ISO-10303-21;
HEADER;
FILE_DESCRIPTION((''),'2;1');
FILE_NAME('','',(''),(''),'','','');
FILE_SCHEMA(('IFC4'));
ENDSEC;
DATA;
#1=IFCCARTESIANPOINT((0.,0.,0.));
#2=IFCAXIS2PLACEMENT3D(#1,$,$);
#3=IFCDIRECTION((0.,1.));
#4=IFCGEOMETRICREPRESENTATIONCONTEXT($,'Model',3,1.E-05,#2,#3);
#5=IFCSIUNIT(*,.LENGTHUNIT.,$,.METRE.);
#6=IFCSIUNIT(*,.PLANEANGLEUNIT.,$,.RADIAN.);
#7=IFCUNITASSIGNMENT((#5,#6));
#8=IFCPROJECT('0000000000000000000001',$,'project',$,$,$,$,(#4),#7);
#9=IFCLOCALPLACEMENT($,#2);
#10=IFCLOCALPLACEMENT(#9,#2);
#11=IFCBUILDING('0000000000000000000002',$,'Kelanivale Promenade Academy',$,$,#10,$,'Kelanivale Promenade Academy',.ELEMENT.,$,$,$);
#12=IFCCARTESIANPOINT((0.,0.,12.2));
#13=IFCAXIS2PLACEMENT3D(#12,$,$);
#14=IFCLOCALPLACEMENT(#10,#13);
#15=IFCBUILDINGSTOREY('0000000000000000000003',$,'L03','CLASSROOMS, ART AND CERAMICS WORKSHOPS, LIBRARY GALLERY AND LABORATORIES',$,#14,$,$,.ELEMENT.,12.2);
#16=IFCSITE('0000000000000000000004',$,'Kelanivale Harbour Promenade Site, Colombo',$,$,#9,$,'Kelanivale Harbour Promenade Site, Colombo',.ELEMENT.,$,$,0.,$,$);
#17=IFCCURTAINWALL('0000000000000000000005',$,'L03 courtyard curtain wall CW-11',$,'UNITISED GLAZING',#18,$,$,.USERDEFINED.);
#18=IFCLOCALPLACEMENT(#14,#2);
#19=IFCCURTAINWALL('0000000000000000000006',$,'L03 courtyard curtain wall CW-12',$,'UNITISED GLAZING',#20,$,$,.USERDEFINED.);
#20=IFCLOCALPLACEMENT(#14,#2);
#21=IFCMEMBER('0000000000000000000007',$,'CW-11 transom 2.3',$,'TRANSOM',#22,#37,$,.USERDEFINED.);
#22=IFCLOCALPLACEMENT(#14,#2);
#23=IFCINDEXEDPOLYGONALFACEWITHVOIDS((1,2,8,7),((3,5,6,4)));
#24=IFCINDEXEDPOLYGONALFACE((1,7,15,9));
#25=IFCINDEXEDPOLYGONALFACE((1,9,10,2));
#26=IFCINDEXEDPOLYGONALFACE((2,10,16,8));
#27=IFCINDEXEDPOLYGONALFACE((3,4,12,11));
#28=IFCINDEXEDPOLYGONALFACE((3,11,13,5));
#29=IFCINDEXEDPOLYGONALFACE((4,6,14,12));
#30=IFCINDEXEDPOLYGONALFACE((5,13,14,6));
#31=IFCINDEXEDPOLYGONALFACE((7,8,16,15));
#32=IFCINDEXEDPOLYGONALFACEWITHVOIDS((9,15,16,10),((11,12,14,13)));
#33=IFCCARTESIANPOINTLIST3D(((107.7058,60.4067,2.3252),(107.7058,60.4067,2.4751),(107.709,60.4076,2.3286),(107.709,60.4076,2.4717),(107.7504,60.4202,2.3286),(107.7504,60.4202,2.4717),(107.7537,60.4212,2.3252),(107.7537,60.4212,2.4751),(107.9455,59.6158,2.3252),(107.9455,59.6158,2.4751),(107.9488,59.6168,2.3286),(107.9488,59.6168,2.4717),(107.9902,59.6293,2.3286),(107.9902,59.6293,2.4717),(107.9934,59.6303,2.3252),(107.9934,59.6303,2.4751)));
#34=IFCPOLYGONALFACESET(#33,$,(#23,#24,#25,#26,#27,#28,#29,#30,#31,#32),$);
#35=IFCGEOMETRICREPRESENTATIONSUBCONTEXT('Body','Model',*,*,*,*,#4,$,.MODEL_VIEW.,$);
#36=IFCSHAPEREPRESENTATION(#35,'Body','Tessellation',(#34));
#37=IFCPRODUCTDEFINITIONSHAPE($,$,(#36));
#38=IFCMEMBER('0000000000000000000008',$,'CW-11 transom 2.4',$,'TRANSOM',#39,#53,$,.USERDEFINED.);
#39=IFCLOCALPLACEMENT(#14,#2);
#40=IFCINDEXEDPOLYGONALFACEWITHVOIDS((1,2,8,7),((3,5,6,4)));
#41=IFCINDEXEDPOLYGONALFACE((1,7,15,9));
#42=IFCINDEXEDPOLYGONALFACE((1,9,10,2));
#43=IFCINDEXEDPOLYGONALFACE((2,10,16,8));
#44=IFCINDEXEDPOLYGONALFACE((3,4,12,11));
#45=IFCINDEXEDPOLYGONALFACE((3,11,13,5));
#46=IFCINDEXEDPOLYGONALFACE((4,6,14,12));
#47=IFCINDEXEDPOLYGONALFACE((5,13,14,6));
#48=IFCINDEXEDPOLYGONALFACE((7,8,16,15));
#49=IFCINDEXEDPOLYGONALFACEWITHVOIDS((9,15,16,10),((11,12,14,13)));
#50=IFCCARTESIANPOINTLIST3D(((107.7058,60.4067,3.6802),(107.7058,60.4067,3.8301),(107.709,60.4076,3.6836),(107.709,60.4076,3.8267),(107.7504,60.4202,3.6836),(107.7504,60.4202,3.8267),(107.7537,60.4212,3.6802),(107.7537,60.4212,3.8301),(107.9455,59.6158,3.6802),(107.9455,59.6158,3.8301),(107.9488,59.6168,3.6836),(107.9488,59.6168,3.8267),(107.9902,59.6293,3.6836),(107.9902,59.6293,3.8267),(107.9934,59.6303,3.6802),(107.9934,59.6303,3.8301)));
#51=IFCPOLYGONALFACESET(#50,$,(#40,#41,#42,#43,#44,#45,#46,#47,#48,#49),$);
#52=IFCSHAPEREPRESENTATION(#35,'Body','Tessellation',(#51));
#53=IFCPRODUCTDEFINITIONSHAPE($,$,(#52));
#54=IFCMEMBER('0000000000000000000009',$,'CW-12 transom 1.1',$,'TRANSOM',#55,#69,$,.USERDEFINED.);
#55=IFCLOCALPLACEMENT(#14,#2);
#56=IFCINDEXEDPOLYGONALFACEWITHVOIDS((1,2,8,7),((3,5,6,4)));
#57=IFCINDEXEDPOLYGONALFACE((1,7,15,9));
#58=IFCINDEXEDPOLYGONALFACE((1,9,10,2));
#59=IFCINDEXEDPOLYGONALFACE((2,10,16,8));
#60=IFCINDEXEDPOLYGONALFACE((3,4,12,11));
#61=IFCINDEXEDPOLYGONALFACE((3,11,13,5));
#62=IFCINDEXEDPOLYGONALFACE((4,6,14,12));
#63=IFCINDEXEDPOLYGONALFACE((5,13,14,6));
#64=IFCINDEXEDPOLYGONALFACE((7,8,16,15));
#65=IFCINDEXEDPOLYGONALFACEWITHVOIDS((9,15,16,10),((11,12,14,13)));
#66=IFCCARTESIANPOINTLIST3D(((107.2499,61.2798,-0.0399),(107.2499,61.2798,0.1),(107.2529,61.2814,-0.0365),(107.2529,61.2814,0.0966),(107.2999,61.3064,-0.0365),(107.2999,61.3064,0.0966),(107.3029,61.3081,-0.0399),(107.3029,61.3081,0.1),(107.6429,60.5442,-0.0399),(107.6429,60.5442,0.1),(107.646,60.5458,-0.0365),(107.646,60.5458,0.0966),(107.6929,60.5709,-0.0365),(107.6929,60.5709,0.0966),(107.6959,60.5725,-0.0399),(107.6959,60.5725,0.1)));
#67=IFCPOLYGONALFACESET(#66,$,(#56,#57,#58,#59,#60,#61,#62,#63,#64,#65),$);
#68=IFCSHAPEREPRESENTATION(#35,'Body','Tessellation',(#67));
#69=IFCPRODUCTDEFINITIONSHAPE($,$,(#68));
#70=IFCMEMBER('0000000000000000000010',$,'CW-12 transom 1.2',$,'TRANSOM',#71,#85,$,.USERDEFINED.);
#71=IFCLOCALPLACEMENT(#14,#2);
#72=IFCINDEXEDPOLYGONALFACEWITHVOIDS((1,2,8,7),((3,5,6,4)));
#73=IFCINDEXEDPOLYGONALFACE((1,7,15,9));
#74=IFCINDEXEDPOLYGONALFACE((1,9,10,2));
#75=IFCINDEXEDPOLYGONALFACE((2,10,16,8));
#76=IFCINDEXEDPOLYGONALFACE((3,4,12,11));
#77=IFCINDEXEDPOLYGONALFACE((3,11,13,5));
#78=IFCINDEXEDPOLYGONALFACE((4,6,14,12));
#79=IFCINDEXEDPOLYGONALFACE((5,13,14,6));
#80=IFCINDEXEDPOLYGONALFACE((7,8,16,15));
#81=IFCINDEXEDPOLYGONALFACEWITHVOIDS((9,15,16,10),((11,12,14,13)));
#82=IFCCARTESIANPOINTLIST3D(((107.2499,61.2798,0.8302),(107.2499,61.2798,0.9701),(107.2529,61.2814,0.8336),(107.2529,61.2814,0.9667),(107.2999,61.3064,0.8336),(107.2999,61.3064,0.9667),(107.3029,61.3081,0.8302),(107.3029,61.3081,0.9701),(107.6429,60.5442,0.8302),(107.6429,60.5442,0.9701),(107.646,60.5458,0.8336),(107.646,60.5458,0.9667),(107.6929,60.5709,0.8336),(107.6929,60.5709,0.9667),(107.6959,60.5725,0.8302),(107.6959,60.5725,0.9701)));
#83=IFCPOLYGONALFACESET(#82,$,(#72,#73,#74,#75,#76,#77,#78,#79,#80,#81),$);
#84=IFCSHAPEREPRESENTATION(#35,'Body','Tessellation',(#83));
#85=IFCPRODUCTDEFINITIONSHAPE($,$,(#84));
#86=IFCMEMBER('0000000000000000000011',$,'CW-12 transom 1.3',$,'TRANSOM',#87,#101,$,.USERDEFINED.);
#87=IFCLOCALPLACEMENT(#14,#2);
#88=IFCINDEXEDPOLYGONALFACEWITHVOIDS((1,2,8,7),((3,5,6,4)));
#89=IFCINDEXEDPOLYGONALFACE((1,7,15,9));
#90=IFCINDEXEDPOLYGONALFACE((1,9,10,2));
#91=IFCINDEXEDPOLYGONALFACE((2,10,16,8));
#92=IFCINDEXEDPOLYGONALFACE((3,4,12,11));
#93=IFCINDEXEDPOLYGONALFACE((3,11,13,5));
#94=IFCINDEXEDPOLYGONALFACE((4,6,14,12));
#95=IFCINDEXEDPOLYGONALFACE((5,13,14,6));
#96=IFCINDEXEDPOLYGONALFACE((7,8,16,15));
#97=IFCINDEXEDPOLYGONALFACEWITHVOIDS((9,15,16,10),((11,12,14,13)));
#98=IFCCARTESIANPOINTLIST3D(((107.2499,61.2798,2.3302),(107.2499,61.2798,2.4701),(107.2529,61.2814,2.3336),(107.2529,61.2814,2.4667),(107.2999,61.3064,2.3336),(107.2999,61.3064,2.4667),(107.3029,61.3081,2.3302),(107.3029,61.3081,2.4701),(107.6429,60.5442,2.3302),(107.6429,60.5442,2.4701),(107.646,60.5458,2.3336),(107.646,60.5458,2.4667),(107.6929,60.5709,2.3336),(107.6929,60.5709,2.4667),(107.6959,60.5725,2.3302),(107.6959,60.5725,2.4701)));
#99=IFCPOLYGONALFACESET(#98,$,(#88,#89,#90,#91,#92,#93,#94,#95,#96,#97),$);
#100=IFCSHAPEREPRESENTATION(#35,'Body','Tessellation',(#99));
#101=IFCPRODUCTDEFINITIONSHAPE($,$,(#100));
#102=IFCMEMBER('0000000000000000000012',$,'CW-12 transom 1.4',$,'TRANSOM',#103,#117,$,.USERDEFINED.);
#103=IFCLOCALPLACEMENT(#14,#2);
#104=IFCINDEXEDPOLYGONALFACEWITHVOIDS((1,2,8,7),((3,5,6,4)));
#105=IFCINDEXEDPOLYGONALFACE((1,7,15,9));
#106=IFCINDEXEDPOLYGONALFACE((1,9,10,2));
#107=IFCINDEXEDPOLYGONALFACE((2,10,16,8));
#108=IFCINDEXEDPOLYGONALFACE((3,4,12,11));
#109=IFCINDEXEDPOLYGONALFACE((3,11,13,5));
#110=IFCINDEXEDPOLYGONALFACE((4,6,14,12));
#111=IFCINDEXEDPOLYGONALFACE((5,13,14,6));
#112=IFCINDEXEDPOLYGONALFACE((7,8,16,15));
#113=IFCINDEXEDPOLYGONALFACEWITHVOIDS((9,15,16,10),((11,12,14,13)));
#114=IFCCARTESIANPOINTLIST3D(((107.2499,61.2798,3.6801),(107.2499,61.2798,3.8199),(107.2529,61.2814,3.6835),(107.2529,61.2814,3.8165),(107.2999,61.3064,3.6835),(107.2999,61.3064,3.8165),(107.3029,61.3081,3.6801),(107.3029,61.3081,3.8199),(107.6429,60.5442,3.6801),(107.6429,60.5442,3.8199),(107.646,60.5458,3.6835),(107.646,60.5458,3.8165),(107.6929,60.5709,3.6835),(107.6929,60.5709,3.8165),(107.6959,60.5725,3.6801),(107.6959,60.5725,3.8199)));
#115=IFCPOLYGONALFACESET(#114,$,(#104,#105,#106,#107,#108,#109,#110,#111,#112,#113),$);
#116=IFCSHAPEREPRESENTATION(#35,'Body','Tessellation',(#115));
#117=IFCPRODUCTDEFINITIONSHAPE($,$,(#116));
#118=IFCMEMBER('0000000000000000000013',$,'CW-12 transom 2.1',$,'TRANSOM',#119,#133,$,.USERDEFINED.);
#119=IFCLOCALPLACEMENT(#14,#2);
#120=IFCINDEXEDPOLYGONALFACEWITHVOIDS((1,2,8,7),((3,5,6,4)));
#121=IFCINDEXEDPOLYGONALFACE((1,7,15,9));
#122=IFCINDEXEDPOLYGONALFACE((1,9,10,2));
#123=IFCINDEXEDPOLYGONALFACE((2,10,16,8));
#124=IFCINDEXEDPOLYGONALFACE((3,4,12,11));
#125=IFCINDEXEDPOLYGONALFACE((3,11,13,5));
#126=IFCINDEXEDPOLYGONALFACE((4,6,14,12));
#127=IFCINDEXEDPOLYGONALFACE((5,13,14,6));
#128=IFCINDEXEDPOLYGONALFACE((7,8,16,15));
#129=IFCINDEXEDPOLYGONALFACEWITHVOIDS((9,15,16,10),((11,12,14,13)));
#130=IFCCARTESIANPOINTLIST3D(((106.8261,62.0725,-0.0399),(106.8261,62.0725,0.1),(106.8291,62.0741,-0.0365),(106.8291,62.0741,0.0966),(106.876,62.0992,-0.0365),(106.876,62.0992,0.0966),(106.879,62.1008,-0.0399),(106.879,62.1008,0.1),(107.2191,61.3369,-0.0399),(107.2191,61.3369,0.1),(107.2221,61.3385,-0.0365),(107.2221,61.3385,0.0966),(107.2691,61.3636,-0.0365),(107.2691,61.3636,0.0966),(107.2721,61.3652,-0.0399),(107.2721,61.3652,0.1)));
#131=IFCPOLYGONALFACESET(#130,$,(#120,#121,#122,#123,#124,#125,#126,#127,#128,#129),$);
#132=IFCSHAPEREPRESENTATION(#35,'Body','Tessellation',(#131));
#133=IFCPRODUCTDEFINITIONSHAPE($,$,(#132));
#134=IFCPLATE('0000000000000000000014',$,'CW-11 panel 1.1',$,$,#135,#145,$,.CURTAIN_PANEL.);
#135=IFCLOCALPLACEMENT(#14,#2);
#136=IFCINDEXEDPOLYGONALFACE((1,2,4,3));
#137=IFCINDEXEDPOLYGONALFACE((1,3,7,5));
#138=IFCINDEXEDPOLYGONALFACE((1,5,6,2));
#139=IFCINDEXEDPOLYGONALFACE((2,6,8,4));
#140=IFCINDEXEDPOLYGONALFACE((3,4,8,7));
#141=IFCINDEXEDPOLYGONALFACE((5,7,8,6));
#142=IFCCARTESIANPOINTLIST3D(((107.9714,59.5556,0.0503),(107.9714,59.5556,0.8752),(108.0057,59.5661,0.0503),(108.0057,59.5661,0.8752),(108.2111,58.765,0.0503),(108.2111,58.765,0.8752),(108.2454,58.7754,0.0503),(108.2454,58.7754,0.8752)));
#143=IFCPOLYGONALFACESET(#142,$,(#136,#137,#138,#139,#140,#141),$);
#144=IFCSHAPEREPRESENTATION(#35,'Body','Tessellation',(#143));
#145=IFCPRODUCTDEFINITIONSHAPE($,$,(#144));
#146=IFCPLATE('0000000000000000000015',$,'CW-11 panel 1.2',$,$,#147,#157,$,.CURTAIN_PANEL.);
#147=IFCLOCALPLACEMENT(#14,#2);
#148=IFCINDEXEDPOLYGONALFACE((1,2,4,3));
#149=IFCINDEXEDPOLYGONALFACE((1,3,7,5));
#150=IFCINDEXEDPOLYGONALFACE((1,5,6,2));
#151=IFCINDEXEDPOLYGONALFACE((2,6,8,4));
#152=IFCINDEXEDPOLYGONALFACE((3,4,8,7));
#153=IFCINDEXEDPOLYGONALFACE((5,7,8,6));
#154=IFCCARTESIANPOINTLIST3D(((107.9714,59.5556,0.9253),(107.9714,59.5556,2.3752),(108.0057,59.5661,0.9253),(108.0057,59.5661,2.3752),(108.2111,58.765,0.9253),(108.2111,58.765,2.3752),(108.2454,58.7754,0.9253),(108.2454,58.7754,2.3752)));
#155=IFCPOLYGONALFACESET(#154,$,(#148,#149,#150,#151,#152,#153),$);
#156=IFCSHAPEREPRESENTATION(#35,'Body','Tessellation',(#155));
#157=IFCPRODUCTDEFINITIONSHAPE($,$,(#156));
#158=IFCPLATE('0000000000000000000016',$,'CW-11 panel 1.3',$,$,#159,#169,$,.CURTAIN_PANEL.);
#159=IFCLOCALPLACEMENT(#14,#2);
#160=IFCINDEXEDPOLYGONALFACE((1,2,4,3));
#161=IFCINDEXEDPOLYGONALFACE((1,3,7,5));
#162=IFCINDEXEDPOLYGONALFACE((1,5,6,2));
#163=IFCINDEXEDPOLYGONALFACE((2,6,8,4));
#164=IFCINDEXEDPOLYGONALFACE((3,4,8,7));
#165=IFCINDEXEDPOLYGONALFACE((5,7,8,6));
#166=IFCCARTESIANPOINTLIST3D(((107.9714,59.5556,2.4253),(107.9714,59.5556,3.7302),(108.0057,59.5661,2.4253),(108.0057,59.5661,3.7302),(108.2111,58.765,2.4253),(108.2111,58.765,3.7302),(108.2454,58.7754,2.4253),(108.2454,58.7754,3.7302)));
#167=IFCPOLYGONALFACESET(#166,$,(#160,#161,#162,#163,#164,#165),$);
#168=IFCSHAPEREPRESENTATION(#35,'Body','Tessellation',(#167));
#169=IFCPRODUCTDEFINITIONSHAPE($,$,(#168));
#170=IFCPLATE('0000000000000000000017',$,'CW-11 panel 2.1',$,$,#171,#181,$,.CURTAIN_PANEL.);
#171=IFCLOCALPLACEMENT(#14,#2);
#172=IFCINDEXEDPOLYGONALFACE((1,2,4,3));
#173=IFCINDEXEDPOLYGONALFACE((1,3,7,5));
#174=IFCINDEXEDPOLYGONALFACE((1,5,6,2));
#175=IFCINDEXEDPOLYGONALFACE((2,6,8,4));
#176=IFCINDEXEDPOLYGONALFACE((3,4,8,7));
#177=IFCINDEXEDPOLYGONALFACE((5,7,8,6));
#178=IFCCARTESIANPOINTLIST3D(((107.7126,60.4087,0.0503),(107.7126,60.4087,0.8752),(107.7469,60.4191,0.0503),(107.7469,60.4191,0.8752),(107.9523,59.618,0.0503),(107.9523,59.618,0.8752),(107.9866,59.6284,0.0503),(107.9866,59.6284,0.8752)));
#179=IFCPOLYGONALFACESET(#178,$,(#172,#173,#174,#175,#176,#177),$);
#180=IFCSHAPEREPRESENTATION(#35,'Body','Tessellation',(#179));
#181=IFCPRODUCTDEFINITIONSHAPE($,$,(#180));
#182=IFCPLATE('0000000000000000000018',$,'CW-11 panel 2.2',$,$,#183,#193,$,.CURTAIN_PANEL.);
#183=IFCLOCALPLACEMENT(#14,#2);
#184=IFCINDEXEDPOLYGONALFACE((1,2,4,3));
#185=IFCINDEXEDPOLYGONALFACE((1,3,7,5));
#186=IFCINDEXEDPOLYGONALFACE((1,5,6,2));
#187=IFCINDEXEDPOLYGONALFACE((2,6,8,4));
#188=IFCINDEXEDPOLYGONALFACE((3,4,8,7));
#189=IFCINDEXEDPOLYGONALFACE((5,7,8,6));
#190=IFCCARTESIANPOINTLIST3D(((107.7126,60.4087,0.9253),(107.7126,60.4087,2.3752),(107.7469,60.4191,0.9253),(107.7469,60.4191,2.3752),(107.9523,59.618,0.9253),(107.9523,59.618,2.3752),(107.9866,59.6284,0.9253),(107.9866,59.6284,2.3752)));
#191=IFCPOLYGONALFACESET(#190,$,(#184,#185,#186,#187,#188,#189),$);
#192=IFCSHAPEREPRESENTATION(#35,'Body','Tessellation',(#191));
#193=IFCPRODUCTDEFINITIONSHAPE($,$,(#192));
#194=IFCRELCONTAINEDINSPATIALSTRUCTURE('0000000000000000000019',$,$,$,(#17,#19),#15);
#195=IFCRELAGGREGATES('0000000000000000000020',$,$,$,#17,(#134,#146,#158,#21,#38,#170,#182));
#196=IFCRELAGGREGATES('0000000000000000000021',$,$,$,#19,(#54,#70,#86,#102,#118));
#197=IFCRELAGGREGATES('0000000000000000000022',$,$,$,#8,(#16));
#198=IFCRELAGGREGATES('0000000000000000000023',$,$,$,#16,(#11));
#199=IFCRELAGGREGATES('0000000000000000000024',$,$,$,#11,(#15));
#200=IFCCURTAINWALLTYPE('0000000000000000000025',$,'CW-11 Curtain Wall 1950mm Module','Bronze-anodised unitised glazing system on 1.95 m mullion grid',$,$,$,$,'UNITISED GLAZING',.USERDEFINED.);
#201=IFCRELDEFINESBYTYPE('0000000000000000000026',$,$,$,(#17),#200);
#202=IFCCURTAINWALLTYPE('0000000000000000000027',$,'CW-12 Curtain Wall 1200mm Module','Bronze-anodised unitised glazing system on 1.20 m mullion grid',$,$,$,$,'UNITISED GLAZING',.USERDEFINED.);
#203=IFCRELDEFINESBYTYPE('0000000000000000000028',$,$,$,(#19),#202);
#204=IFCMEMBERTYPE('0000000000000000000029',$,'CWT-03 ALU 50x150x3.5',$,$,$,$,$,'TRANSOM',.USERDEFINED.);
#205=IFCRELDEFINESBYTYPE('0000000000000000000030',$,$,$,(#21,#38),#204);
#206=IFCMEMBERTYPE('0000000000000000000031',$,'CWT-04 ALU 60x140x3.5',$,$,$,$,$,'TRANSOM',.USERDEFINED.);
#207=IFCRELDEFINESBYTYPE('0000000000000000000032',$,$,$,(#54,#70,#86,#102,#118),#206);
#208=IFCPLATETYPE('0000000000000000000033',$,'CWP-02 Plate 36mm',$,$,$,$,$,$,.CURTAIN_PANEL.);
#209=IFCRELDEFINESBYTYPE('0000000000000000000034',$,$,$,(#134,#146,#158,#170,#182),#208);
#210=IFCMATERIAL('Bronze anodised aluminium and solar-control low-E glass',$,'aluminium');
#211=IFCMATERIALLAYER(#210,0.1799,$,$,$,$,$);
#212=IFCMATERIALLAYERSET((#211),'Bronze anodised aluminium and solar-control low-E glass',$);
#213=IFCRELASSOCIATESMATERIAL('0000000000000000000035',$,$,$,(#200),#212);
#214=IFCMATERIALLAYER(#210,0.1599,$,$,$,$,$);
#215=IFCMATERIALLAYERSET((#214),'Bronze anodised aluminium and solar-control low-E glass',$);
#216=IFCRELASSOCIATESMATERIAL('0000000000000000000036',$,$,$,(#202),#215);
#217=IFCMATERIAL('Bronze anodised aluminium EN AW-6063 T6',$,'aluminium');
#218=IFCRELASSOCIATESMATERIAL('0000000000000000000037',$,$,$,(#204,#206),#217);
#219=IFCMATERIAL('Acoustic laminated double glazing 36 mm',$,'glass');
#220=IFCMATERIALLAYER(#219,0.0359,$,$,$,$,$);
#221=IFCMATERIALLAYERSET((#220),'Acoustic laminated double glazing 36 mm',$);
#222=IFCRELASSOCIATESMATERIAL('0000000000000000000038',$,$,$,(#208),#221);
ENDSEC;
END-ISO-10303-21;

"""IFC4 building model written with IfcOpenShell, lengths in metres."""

from ifc_helpers import new_model, si_unit, direction, frame, origin, origin_2d, place, context, subcontext, project, spatial, rectangle, hollow_rectangle, extrude, material, layer, layer_set, material_profile, profile_set, type_object, element, aggregate, save


model = new_model("IFC4")

# Units and contexts
model_context = context("Model", 3, precision=1e-05, world=origin(), true_north=direction((0.0, 1.0)))
body_context = subcontext(model_context, "Body", "Model", "MODEL_VIEW")
ifc_project = project(units=[si_unit("LENGTHUNIT", "METRE"), si_unit("PLANEANGLEUNIT", "RADIAN")], contexts=[model_context])

# Site, building, storey
site_placement = place(None, origin())
site = spatial("IfcSite", under=ifc_project, at=site_placement, Name="Kelanivale Harbour Promenade Site, Colombo", LongName="Kelanivale Harbour Promenade Site, Colombo", CompositionType="ELEMENT", RefElevation=0.0)
building_placement = place(site_placement, origin())
building = spatial("IfcBuilding", under=site, at=building_placement, Name="Kelanivale Promenade Academy", LongName="Kelanivale Promenade Academy", CompositionType="ELEMENT")
storey_placement = place(building_placement, frame((0.0, 0.0, 12.2)))
storey = spatial("IfcBuildingStorey", under=building, at=storey_placement, Name="L03", Description="CLASSROOMS, ART AND CERAMICS WORKSHOPS, LIBRARY GALLERY AND LABORATORIES", CompositionType="ELEMENT", Elevation=12.2)

# Curtain walls
ifc_material_1 = material(Name="Bronze anodised aluminium and solar-control low-E glass", Category="aluminium")
ifc_layer_1 = layer(ifc_material_1, 0.1799)
ifc_layer_set_1 = layer_set([ifc_layer_1], Name="Bronze anodised aluminium and solar-control low-E glass")
curtain_wall_type_1 = type_object("IfcCurtainWallType", Name="CW-11 Curtain Wall 1950mm Module", Description="Bronze-anodised unitised glazing system on 1.95 m mullion grid", ElementType="UNITISED GLAZING", PredefinedType="USERDEFINED", material=ifc_layer_set_1)
curtain_wall_1_placement = place(storey_placement, origin())
curtain_wall_1 = element("IfcCurtainWall", 1, at=curtain_wall_1_placement, inside=storey, type_object=curtain_wall_type_1, Name="L03 courtyard curtain wall CW-11", ObjectType="UNITISED GLAZING", PredefinedType="USERDEFINED")
ifc_material_2 = material(Name="Bronze anodised aluminium EN AW-6063 T6", Category="aluminium")
ifc_layer_2 = layer(ifc_material_1, 0.1599)
ifc_layer_set_2 = layer_set([ifc_layer_2], Name="Bronze anodised aluminium and solar-control low-E glass")
curtain_wall_type_2 = type_object("IfcCurtainWallType", Name="CW-12 Curtain Wall 1200mm Module", Description="Bronze-anodised unitised glazing system on 1.20 m mullion grid", ElementType="UNITISED GLAZING", PredefinedType="USERDEFINED", material=ifc_layer_set_2)
curtain_wall_2_placement = place(storey_placement, origin())
curtain_wall_2 = element("IfcCurtainWall", 2, at=curtain_wall_2_placement, inside=storey, type_object=curtain_wall_type_2, Name="L03 courtyard curtain wall CW-12", ObjectType="UNITISED GLAZING", PredefinedType="USERDEFINED")

# Members
ifc_material_profile_1 = material_profile(ifc_material_2, hollow_rectangle(XDim=0.05, YDim=0.1499, WallThickness=0.0034, at=origin_2d()), Name="ALU 50x150x3.5")
ifc_profile_set_1 = profile_set([ifc_material_profile_1], Name="Bronze anodised aluminium EN AW-6063 T6")
member_type_1 = type_object("IfcMemberType", Name="CWT-03 ALU 50x150x3.5", ElementType="TRANSOM", PredefinedType="USERDEFINED", material=ifc_profile_set_1)
member_1_placement = place(storey_placement, frame((107.9695, 59.623, 2.4001), z_axis=(-0.290139, 0.956985, 0.0), x_axis=(-0.956985, -0.290139, 0.0)))
member_1 = element("IfcMember", 3, at=member_1_placement, type_object=member_type_1, Name="CW-11 transom 2.3", ObjectType="TRANSOM", PredefinedType="USERDEFINED", context=body_context, shape_type="SweptSolid", body=[
    extrude(hollow_rectangle(XDim=0.05, YDim=0.1499, WallThickness=0.0034, at=origin_2d()), origin(), (0.0, 0.0, 1.0), 0.8264),
])
member_2_placement = place(storey_placement, frame((107.9695, 59.623, 3.7551), z_axis=(-0.290139, 0.956985, 0.0), x_axis=(-0.956985, -0.290139, 0.0)))
member_2 = element("IfcMember", 4, at=member_2_placement, type_object=member_type_1, Name="CW-11 transom 2.4", ObjectType="TRANSOM", PredefinedType="USERDEFINED", context=body_context, shape_type="SweptSolid", body=[
    extrude(hollow_rectangle(XDim=0.05, YDim=0.1499, WallThickness=0.0034, at=origin_2d()), origin(), (0.0, 0.0, 1.0), 0.8264),
])
ifc_material_profile_2 = material_profile(ifc_material_2, hollow_rectangle(XDim=0.0601, YDim=0.1399, WallThickness=0.0034, at=origin_2d()), Name="ALU 60x140x3.5")
ifc_profile_set_2 = profile_set([ifc_material_profile_2], Name="Bronze anodised aluminium EN AW-6063 T6")
member_type_2 = type_object("IfcMemberType", Name="CWT-04 ALU 60x140x3.5", ElementType="TRANSOM", PredefinedType="USERDEFINED", material=ifc_profile_set_2)
member_3_placement = place(storey_placement, frame((107.6694, 60.5583, 0.03), z_axis=(-0.471287, 0.88198, 0.0), x_axis=(-0.88198, -0.471287, 0.0)))
member_3 = element("IfcMember", 5, at=member_3_placement, type_object=member_type_2, Name="CW-12 transom 1.1", ObjectType="TRANSOM", PredefinedType="USERDEFINED", context=body_context, shape_type="SweptSolid", body=[
    extrude(hollow_rectangle(XDim=0.0601, YDim=0.1399, WallThickness=0.0034, at=origin_2d()), origin(), (0.0, 0.0, 1.0), 0.834),
])
member_4_placement = place(storey_placement, frame((107.6694, 60.5583, 0.9001), z_axis=(-0.471287, 0.88198, 0.0), x_axis=(-0.88198, -0.471287, 0.0)))
member_4 = element("IfcMember", 6, at=member_4_placement, type_object=member_type_2, Name="CW-12 transom 1.2", ObjectType="TRANSOM", PredefinedType="USERDEFINED", context=body_context, shape_type="SweptSolid", body=[
    extrude(hollow_rectangle(XDim=0.0601, YDim=0.1399, WallThickness=0.0034, at=origin_2d()), origin(), (0.0, 0.0, 1.0), 0.834),
])
member_5_placement = place(storey_placement, frame((107.6694, 60.5583, 2.4001), z_axis=(-0.471287, 0.88198, 0.0), x_axis=(-0.88198, -0.471287, 0.0)))
member_5 = element("IfcMember", 7, at=member_5_placement, type_object=member_type_2, Name="CW-12 transom 1.3", ObjectType="TRANSOM", PredefinedType="USERDEFINED", context=body_context, shape_type="SweptSolid", body=[
    extrude(hollow_rectangle(XDim=0.0601, YDim=0.1399, WallThickness=0.0034, at=origin_2d()), origin(), (0.0, 0.0, 1.0), 0.834),
])
member_6_placement = place(storey_placement, frame((107.6694, 60.5583, 3.75), z_axis=(-0.471287, 0.88198, 0.0), x_axis=(-0.88198, -0.471287, 0.0)))
member_6 = element("IfcMember", 8, at=member_6_placement, type_object=member_type_2, Name="CW-12 transom 1.4", ObjectType="TRANSOM", PredefinedType="USERDEFINED", context=body_context, shape_type="SweptSolid", body=[
    extrude(hollow_rectangle(XDim=0.0601, YDim=0.1399, WallThickness=0.0034, at=origin_2d()), origin(), (0.0, 0.0, 1.0), 0.834),
])
member_7_placement = place(storey_placement, frame((107.2456, 61.3511, 0.03), z_axis=(-0.471287, 0.88198, 0.0), x_axis=(-0.88198, -0.471287, 0.0)))
member_7 = element("IfcMember", 9, at=member_7_placement, type_object=member_type_2, Name="CW-12 transom 2.1", ObjectType="TRANSOM", PredefinedType="USERDEFINED", context=body_context, shape_type="SweptSolid", body=[
    extrude(hollow_rectangle(XDim=0.0601, YDim=0.1399, WallThickness=0.0034, at=origin_2d()), origin(), (0.0, 0.0, 1.0), 0.834),
])

# Plates
ifc_material_3 = material(Name="Acoustic laminated double glazing 36 mm", Category="glass")
ifc_layer_3 = layer(ifc_material_3, 0.0359)
ifc_layer_set_3 = layer_set([ifc_layer_3], Name="Acoustic laminated double glazing 36 mm")
plate_type_1 = type_object("IfcPlateType", Name="CWP-02 Plate 36mm", PredefinedType="CURTAIN_PANEL", material=ifc_layer_set_3)
plate_1_placement = place(storey_placement, frame((108.1084, 59.1655, 0.0503), z_axis=(0.0, 0.0, 1.0), x_axis=(-0.290128, 0.956988, 0.0)))
plate_1 = element("IfcPlate", 10, at=plate_1_placement, type_object=plate_type_1, Name="CW-11 panel 1.1", PredefinedType="CURTAIN_PANEL", context=body_context, shape_type="SweptSolid", body=[
    extrude(rectangle(XDim=0.8262, YDim=0.0359, at=origin_2d()), origin(), (0.0, 0.0, 1.0), 0.825),
])
plate_2_placement = place(storey_placement, frame((108.1084, 59.1655, 0.9253), z_axis=(0.0, 0.0, 1.0), x_axis=(-0.290128, 0.956988, 0.0)))
plate_2 = element("IfcPlate", 11, at=plate_2_placement, type_object=plate_type_1, Name="CW-11 panel 1.2", PredefinedType="CURTAIN_PANEL", context=body_context, shape_type="SweptSolid", body=[
    extrude(rectangle(XDim=0.8262, YDim=0.0359, at=origin_2d()), origin(), (0.0, 0.0, 1.0), 1.45),
])
plate_3_placement = place(storey_placement, frame((108.1084, 59.1655, 2.4253), z_axis=(0.0, 0.0, 1.0), x_axis=(-0.290128, 0.956988, 0.0)))
plate_3 = element("IfcPlate", 12, at=plate_3_placement, type_object=plate_type_1, Name="CW-11 panel 1.3", PredefinedType="CURTAIN_PANEL", context=body_context, shape_type="SweptSolid", body=[
    extrude(rectangle(XDim=0.8262, YDim=0.0359, at=origin_2d()), origin(), (0.0, 0.0, 1.0), 1.3049),
])
plate_4_placement = place(storey_placement, frame((107.8496, 60.0186, 0.0503), z_axis=(0.0, 0.0, 1.0), x_axis=(-0.290128, 0.956988, 0.0)))
plate_4 = element("IfcPlate", 13, at=plate_4_placement, type_object=plate_type_1, Name="CW-11 panel 2.1", PredefinedType="CURTAIN_PANEL", context=body_context, shape_type="SweptSolid", body=[
    extrude(rectangle(XDim=0.8262, YDim=0.0359, at=origin_2d()), origin(), (0.0, 0.0, 1.0), 0.825),
])
plate_5_placement = place(storey_placement, frame((107.8496, 60.0186, 0.9253), z_axis=(0.0, 0.0, 1.0), x_axis=(-0.290128, 0.956988, 0.0)))
plate_5 = element("IfcPlate", 14, at=plate_5_placement, type_object=plate_type_1, Name="CW-11 panel 2.2", PredefinedType="CURTAIN_PANEL", context=body_context, shape_type="SweptSolid", body=[
    extrude(rectangle(XDim=0.8262, YDim=0.0359, at=origin_2d()), origin(), (0.0, 0.0, 1.0), 1.45),
])
aggregate(curtain_wall_1, [plate_1, plate_2, plate_3, member_1, member_2, plate_4, plate_5])
aggregate(curtain_wall_2, [member_3, member_4, member_5, member_6, member_7])

save(model, "model.ifc")
